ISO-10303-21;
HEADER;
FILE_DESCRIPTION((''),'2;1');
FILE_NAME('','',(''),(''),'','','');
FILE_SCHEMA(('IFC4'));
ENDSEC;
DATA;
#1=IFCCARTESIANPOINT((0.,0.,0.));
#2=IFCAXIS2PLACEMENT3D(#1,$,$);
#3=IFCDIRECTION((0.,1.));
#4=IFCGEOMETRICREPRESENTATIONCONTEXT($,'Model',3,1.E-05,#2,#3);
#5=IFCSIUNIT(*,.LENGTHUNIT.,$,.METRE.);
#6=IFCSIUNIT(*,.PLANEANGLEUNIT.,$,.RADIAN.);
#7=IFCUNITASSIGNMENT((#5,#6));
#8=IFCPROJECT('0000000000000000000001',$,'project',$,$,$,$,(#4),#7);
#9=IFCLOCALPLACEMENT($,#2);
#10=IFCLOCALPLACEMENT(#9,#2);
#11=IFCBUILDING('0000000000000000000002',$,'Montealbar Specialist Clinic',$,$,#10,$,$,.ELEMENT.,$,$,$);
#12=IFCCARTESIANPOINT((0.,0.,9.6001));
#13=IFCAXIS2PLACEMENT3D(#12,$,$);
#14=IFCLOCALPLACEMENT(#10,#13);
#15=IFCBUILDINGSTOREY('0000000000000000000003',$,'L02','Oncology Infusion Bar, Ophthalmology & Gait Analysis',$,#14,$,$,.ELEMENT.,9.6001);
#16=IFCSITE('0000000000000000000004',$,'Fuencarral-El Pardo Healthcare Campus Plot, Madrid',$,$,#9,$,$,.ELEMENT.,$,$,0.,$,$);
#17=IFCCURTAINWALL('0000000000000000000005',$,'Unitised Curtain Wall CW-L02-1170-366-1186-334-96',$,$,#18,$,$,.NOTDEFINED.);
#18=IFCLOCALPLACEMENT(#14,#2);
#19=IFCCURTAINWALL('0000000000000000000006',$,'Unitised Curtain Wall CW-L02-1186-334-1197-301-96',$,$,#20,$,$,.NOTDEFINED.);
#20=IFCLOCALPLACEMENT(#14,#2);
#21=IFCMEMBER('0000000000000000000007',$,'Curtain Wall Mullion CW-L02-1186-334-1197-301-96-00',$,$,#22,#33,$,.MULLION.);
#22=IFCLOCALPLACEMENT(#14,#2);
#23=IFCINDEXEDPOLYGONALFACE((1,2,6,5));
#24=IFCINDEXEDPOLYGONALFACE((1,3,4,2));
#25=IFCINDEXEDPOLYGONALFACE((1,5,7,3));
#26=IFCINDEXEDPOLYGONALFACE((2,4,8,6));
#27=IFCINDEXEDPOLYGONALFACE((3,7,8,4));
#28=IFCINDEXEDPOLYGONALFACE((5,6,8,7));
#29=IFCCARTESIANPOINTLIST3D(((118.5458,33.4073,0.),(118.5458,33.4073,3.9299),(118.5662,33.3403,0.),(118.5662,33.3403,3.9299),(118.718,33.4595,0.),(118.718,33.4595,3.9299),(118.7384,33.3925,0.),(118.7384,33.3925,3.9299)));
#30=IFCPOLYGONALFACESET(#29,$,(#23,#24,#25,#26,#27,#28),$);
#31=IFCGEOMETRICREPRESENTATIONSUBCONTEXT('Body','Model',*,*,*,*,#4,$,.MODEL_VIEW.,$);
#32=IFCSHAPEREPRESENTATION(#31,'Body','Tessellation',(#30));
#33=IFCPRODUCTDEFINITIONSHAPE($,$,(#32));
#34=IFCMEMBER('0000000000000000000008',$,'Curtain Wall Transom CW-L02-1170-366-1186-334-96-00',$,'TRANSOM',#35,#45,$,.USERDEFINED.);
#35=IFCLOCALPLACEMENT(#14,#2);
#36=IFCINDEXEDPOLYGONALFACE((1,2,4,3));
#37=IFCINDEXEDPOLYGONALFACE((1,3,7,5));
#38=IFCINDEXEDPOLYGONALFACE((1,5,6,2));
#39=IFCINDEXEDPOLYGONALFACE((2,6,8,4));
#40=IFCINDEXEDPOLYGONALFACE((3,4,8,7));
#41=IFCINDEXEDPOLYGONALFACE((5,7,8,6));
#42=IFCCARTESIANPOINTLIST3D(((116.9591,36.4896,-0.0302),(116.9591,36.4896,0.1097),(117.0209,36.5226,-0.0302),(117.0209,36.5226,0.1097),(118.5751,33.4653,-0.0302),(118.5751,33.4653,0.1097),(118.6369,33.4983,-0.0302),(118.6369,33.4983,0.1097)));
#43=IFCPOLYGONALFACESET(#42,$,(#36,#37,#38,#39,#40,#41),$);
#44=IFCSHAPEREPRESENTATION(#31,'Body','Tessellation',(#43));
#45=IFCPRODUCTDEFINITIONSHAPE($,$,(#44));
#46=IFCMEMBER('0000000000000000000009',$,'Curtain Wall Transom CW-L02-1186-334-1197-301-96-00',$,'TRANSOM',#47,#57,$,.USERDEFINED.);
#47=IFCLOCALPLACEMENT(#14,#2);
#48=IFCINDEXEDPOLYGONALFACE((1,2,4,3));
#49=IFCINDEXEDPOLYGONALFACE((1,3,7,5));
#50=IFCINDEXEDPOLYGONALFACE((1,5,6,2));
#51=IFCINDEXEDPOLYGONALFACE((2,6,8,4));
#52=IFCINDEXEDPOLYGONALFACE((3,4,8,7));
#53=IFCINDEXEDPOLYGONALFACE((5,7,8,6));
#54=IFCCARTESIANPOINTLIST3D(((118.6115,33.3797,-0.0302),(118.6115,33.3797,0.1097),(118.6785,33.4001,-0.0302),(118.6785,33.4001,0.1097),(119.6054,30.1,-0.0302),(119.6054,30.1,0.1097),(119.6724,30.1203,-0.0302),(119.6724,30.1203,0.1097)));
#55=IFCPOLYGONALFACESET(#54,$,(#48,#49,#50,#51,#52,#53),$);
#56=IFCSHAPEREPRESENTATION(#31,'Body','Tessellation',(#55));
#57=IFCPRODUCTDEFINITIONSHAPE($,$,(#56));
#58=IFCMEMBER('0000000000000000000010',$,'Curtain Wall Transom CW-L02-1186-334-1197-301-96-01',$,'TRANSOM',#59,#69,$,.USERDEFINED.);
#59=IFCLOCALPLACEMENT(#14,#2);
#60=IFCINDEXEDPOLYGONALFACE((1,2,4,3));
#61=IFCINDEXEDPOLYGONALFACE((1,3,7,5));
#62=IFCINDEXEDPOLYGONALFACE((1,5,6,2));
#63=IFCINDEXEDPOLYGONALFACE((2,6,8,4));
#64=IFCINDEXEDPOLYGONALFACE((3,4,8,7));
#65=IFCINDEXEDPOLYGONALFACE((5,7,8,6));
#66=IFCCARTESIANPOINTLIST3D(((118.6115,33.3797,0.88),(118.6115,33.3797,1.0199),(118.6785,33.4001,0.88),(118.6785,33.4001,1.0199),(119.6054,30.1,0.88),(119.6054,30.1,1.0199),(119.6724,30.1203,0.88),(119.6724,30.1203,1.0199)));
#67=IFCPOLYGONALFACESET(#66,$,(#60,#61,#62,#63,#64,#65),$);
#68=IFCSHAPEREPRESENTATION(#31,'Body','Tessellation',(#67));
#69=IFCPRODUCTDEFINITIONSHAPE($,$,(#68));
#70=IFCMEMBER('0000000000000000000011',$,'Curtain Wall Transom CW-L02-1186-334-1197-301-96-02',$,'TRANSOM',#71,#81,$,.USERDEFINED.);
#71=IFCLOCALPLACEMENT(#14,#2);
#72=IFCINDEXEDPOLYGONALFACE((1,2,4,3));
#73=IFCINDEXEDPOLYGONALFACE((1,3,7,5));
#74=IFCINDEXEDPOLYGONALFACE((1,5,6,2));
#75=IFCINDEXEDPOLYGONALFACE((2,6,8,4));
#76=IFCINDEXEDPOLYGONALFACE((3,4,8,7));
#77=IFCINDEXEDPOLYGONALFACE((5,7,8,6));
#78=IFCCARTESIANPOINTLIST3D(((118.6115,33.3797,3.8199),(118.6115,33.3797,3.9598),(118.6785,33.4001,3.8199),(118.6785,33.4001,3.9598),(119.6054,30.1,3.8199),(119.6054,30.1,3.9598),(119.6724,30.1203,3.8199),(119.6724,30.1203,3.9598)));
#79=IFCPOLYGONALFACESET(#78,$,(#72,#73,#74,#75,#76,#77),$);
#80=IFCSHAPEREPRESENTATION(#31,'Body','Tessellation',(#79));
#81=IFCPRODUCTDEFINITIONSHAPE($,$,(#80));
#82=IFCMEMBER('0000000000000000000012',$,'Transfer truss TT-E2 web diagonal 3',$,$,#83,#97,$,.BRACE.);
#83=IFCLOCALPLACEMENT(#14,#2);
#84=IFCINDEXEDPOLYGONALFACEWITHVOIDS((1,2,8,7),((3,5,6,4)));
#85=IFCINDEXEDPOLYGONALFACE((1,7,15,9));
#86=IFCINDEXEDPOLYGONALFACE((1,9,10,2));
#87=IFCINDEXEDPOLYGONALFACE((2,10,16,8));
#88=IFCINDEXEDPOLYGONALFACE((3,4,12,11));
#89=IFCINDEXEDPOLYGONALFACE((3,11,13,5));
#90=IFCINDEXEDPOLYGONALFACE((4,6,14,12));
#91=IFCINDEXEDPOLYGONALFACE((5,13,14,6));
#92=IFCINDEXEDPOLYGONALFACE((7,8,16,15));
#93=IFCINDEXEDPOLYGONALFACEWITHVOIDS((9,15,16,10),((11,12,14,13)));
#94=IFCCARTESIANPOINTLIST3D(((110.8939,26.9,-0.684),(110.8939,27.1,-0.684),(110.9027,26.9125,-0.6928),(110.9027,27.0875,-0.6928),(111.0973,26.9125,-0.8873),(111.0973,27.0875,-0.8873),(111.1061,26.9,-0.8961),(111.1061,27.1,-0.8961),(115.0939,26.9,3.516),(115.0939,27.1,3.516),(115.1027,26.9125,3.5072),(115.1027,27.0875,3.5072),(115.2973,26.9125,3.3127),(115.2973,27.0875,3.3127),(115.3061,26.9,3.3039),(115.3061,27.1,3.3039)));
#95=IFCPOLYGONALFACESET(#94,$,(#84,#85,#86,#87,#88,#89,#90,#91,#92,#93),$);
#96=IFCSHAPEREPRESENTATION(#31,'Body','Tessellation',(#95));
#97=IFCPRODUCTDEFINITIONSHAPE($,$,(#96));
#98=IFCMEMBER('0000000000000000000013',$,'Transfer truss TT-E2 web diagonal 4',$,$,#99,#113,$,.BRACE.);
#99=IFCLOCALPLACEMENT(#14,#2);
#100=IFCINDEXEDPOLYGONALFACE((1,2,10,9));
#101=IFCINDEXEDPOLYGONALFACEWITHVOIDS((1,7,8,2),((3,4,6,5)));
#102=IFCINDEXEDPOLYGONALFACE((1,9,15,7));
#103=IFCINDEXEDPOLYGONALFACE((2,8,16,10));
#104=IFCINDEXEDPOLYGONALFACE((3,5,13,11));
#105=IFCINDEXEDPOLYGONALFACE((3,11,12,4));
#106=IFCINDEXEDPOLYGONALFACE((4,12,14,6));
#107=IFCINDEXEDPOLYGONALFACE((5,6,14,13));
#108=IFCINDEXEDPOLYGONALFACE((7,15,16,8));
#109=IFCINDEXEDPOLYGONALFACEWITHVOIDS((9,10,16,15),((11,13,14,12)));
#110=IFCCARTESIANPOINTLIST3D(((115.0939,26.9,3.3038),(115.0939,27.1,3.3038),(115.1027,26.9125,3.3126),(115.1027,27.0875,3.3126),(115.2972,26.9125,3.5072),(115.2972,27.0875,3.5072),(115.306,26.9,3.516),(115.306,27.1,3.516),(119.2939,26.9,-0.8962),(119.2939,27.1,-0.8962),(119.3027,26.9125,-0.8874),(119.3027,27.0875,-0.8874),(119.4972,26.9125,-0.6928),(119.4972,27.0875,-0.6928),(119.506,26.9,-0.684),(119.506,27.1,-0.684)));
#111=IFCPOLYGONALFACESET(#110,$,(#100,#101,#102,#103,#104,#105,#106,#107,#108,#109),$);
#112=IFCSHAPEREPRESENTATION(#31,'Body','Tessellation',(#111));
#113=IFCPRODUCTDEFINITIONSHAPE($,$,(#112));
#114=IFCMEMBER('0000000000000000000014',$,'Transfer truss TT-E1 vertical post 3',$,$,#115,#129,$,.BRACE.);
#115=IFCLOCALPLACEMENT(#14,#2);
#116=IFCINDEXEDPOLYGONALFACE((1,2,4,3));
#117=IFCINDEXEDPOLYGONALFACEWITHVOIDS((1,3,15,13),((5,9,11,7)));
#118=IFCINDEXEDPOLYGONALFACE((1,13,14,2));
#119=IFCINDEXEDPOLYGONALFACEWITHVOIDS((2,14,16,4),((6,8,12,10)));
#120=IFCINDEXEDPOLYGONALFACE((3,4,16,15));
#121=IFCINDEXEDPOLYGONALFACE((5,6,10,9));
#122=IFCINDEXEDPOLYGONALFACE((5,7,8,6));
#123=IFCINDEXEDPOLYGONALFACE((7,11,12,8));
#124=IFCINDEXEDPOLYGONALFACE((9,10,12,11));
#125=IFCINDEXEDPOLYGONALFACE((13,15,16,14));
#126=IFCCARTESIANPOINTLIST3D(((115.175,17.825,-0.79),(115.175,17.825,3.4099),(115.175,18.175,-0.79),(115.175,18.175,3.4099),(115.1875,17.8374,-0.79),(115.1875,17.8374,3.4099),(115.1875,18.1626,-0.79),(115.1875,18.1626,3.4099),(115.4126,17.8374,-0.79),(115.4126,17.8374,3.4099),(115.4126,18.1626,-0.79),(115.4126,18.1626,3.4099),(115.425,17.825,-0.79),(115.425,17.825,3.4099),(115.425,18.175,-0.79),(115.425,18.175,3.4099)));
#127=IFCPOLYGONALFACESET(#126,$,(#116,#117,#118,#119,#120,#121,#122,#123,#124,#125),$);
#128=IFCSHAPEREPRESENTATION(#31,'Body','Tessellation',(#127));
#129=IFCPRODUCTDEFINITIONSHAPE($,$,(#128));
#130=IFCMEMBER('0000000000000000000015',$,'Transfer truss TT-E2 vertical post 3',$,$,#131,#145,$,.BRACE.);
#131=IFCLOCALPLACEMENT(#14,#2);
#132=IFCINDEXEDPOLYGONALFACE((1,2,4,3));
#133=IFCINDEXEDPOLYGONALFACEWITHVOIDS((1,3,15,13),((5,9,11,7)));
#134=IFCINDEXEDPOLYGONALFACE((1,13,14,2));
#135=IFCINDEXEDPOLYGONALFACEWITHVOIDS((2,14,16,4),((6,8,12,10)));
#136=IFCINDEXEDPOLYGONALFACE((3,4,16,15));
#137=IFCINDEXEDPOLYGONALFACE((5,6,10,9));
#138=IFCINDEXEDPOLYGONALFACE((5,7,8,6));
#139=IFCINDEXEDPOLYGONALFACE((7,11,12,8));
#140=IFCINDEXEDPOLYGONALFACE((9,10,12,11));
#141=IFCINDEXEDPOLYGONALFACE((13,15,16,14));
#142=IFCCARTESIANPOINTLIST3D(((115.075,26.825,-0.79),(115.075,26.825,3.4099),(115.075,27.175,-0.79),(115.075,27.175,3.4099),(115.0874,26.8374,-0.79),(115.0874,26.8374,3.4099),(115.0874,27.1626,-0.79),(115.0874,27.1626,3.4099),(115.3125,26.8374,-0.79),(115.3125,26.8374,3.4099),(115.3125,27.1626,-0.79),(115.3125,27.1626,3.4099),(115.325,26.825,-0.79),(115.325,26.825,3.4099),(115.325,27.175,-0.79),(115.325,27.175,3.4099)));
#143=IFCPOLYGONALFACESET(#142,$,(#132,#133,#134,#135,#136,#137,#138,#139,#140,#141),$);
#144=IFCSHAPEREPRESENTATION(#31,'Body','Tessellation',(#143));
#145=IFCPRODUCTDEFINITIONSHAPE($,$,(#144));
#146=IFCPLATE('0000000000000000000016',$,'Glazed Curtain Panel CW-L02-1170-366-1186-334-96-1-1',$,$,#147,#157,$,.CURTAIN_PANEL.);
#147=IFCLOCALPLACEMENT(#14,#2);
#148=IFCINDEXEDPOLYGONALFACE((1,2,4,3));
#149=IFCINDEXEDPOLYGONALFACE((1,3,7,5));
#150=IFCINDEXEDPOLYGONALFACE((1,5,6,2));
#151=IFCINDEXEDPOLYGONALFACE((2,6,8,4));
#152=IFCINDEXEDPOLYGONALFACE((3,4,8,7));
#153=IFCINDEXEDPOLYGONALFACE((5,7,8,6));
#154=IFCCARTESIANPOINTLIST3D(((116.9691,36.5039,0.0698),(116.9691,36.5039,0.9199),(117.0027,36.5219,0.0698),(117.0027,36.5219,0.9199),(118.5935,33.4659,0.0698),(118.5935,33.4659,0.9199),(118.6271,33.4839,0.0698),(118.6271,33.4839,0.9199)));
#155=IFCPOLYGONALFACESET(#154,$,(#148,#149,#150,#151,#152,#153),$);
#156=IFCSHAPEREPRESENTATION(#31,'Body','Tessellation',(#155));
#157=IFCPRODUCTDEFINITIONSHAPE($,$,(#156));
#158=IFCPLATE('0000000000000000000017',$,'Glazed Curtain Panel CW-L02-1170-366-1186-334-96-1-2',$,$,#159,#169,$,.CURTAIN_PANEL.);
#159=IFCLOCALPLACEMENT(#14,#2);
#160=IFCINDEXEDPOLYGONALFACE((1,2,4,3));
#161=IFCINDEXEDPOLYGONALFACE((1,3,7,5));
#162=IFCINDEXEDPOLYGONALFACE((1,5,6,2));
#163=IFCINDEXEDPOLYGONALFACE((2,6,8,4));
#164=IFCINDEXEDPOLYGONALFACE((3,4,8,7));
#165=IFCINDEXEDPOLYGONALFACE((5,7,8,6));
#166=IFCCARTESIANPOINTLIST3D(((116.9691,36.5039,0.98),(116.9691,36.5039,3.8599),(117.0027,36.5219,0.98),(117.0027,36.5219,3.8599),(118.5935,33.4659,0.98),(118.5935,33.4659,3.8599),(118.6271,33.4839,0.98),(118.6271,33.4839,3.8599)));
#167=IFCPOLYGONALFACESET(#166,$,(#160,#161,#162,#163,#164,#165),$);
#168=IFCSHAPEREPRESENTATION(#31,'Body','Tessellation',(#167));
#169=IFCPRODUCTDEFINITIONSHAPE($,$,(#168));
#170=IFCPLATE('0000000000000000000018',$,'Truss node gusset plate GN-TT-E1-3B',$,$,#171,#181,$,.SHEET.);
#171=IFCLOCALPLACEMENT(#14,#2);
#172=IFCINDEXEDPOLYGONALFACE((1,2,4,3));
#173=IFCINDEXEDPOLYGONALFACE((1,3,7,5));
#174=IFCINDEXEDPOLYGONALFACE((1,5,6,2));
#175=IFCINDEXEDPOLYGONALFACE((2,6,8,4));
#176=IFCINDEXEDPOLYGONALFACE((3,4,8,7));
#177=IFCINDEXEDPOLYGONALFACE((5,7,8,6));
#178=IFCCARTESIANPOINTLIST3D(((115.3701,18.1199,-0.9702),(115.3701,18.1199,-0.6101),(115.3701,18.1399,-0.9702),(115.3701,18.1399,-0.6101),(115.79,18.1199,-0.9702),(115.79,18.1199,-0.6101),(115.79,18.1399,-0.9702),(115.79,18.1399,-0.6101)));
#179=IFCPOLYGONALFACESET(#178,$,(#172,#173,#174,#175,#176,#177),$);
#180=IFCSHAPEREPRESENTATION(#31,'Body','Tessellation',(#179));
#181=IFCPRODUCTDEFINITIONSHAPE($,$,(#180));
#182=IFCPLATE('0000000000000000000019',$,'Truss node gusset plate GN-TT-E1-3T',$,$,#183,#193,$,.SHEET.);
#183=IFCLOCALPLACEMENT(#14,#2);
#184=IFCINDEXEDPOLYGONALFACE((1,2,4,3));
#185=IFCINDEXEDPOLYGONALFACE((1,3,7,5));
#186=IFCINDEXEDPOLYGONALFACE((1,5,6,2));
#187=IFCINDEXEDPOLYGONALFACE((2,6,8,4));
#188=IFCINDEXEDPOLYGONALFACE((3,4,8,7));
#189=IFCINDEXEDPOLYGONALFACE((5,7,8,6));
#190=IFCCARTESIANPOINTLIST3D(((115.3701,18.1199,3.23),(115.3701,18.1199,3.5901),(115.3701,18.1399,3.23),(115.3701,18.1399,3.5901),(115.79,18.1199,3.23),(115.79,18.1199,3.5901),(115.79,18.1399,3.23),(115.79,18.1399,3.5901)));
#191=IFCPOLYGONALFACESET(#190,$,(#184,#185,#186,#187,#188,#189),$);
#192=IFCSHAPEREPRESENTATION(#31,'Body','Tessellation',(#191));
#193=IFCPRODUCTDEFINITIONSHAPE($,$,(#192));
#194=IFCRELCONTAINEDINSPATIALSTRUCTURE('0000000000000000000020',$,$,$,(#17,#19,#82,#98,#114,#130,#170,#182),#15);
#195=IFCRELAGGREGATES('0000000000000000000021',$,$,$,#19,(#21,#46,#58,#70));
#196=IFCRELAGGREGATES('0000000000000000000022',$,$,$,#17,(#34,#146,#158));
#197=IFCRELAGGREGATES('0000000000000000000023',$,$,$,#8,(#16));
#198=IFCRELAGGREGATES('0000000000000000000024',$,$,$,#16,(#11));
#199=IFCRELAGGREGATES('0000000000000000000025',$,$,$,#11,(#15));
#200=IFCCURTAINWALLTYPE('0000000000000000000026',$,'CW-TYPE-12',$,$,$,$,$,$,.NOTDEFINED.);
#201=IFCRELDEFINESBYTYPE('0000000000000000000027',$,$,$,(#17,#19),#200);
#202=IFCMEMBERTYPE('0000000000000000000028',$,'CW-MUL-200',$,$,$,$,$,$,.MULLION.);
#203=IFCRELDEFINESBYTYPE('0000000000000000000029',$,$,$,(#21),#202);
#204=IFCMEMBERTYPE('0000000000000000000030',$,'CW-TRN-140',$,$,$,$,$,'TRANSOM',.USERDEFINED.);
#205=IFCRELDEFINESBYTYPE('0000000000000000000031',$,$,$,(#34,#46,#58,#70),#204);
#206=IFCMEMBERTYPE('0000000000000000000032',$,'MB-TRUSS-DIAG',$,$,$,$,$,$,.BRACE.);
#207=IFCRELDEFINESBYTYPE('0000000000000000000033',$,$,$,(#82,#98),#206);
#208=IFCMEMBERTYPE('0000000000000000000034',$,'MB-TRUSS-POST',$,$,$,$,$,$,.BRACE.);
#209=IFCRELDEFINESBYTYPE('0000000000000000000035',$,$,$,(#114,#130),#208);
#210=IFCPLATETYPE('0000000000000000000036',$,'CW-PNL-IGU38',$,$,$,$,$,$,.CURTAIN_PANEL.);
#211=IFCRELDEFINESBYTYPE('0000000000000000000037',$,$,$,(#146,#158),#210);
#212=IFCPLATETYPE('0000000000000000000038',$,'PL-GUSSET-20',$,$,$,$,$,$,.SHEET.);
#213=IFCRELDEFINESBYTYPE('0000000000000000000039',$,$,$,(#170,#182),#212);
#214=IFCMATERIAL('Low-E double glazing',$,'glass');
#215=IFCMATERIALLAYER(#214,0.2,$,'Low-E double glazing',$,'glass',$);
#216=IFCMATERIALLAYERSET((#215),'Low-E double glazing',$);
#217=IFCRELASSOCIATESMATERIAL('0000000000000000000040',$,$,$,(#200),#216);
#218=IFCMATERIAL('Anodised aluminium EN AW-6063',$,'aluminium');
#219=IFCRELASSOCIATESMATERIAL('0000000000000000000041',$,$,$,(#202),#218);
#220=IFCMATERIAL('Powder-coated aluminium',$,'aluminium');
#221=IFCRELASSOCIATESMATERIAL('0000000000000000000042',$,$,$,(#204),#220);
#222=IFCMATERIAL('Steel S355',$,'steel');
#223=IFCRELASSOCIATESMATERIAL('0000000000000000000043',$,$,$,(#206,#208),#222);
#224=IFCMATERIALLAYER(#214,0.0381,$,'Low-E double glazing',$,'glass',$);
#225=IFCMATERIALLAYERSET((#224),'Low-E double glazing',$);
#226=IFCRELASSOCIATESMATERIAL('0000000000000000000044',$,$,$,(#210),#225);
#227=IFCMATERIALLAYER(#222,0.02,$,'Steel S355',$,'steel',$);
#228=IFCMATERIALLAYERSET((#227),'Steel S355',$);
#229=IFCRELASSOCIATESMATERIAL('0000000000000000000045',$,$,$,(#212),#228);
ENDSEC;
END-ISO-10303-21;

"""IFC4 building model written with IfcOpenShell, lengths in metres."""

from ifc_helpers import new_model, si_unit, direction, frame, origin, origin_2d, place, context, subcontext, project, spatial, rectangle, hollow_rectangle, extrude, material, layer, layer_set, material_profile, profile_set, type_object, element, aggregate, save


model = new_model("IFC4")

# Units and contexts
model_context = context("Model", 3, precision=1e-05, world=origin(), true_north=direction((0.0, 1.0)))
body_context = subcontext(model_context, "Body", "Model", "MODEL_VIEW")
ifc_project = project(units=[si_unit("LENGTHUNIT", "METRE"), si_unit("PLANEANGLEUNIT", "RADIAN")], contexts=[model_context])

# Site, building, storey
site_placement = place(None, origin())
site = spatial("IfcSite", under=ifc_project, at=site_placement, Name="Fuencarral-El Pardo Healthcare Campus Plot, Madrid", CompositionType="ELEMENT", RefElevation=0.0)
building_placement = place(site_placement, origin())
building = spatial("IfcBuilding", under=site, at=building_placement, Name="Montealbar Specialist Clinic", CompositionType="ELEMENT")
storey_placement = place(building_placement, frame((0.0, 0.0, 9.6001)))
storey = spatial("IfcBuildingStorey", under=building, at=storey_placement, Name="L02", Description="Oncology Infusion Bar, Ophthalmology & Gait Analysis", CompositionType="ELEMENT", Elevation=9.6001)

# Shared definitions
ifc_material_1 = material(Name="Steel S355", Category="steel")

# Curtain walls, member
ifc_material_2 = material(Name="Low-E double glazing", Category="glass")
ifc_layer_1 = layer(ifc_material_2, 0.2, Name="Low-E double glazing", Category="glass")
ifc_layer_set_1 = layer_set([ifc_layer_1], Name="Low-E double glazing")
curtain_wall_type = type_object("IfcCurtainWallType", Name="CW-TYPE-12", PredefinedType="NOTDEFINED", material=ifc_layer_set_1)
curtain_wall_1_placement = place(storey_placement, origin())
curtain_wall_1 = element("IfcCurtainWall", 1, at=curtain_wall_1_placement, inside=storey, type_object=curtain_wall_type, Name="Unitised Curtain Wall CW-L02-1170-366-1186-334-96", PredefinedType="NOTDEFINED")
ifc_material_3 = material(Name="Anodised aluminium EN AW-6063", Category="aluminium")
ifc_material_profile_1 = material_profile(ifc_material_3, rectangle(XDim=0.0701, YDim=0.1799, at=origin_2d()), Name="ALU 70x180", Category="aluminium")
ifc_profile_set_1 = profile_set([ifc_material_profile_1], Name="Anodised aluminium EN AW-6063")
member_type_1 = type_object("IfcMemberType", Name="CW-MUL-200", PredefinedType="MULLION", material=ifc_profile_set_1)
curtain_wall_2_placement = place(storey_placement, origin())
curtain_wall_2 = element("IfcCurtainWall", 2, at=curtain_wall_2_placement, inside=storey, type_object=curtain_wall_type, Name="Unitised Curtain Wall CW-L02-1186-334-1197-301-96", PredefinedType="NOTDEFINED")
member_1_placement = place(storey_placement, frame((118.6421, 33.3999, 0.0), z_axis=(0.0, 0.0, 1.0), x_axis=(0.290259, -0.956948, 0.0)))
member_1 = element("IfcMember", 3, at=member_1_placement, type_object=member_type_1, Name="Curtain Wall Mullion CW-L02-1186-334-1197-301-96-00", PredefinedType="MULLION", context=body_context, shape_type="SweptSolid", body=[
    extrude(rectangle(XDim=0.0701, YDim=0.1799, at=origin_2d()), origin(), (0.0, 0.0, 1.0), 3.9299),
])

# Members
ifc_material_4 = material(Name="Powder-coated aluminium", Category="aluminium")
ifc_material_profile_2 = material_profile(ifc_material_4, rectangle(XDim=0.0701, YDim=0.1399, at=origin_2d()), Name="ALU 70x140", Category="aluminium")
ifc_profile_set_2 = profile_set([ifc_material_profile_2], Name="Powder-coated aluminium")
member_type_2 = type_object("IfcMemberType", Name="CW-TRN-140", ElementType="TRANSOM", PredefinedType="USERDEFINED", material=ifc_profile_set_2)
member_2_placement = place(storey_placement, frame((116.99, 36.5061, 0.0398), z_axis=(0.471287, -0.88198, 0.0), x_axis=(0.88198, 0.471287, 0.0)))
member_2 = element("IfcMember", 4, at=member_2_placement, type_object=member_type_2, Name="Curtain Wall Transom CW-L02-1170-366-1186-334-96-00", ObjectType="TRANSOM", PredefinedType="USERDEFINED", context=body_context, shape_type="SweptSolid", body=[
    extrude(rectangle(XDim=0.0701, YDim=0.1399, at=origin_2d()), origin(), (0.0, 0.0, 1.0), 3.429),
])
member_3_placement = place(storey_placement, frame((118.645, 33.3899, 0.0398), z_axis=(0.290013, -0.957023, 0.0), x_axis=(0.957023, 0.290013, 0.0)))
member_3 = element("IfcMember", 5, at=member_3_placement, type_object=member_type_2, Name="Curtain Wall Transom CW-L02-1186-334-1197-301-96-00", ObjectType="TRANSOM", PredefinedType="USERDEFINED", context=body_context, shape_type="SweptSolid", body=[
    extrude(rectangle(XDim=0.0701, YDim=0.1399, at=origin_2d()), origin(), (0.0, 0.0, 1.0), 3.427),
])
member_4_placement = place(storey_placement, frame((118.645, 33.3899, 0.95), z_axis=(0.290013, -0.957023, 0.0), x_axis=(0.957023, 0.290013, 0.0)))
member_4 = element("IfcMember", 6, at=member_4_placement, type_object=member_type_2, Name="Curtain Wall Transom CW-L02-1186-334-1197-301-96-01", ObjectType="TRANSOM", PredefinedType="USERDEFINED", context=body_context, shape_type="SweptSolid", body=[
    extrude(rectangle(XDim=0.0701, YDim=0.1399, at=origin_2d()), origin(), (0.0, 0.0, 1.0), 3.427),
])
member_5_placement = place(storey_placement, frame((118.645, 33.3899, 3.8899), z_axis=(0.290013, -0.957023, 0.0), x_axis=(0.957023, 0.290013, 0.0)))
member_5 = element("IfcMember", 7, at=member_5_placement, type_object=member_type_2, Name="Curtain Wall Transom CW-L02-1186-334-1197-301-96-02", ObjectType="TRANSOM", PredefinedType="USERDEFINED", context=body_context, shape_type="SweptSolid", body=[
    extrude(rectangle(XDim=0.0701, YDim=0.1399, at=origin_2d()), origin(), (0.0, 0.0, 1.0), 3.427),
])
aggregate(curtain_wall_2, [member_1, member_3, member_4, member_5])

# Members
ifc_material_profile_3 = material_profile(ifc_material_1, hollow_rectangle(XDim=0.2, YDim=0.3, WallThickness=0.0125, at=origin_2d()), Name="RHS 300x200x12.5", Category="steel")
ifc_profile_set_3 = profile_set([ifc_material_profile_3], Name="Steel S355")
member_type_3 = type_object("IfcMemberType", Name="MB-TRUSS-DIAG", PredefinedType="BRACE", material=ifc_profile_set_3)
for number, where, z_axis, x_axis, name in (
    (8, (111.0, 27.0, -0.79), (0.707107, 0.0, 0.707107), (0.0, 1.0, 0.0), "Transfer truss TT-E2 web diagonal 3"),
    (9, (115.2, 27.0, 3.4099), (0.707107, 0.0, -0.707107), (0.0, 1.0, 0.0), "Transfer truss TT-E2 web diagonal 4"),
):
    element("IfcMember", number, at=place(storey_placement, frame(where, z_axis=z_axis, x_axis=x_axis)), inside=storey, type_object=member_type_3, Name=name, PredefinedType="BRACE", context=body_context, shape_type="SweptSolid", body=[
        extrude(hollow_rectangle(XDim=0.2, YDim=0.3, WallThickness=0.0125, at=origin_2d()), origin(), (0.0, 0.0, 1.0), 5.9397),
    ])
ifc_material_profile_4 = material_profile(ifc_material_1, hollow_rectangle(XDim=0.25, YDim=0.3501, WallThickness=0.0125, at=origin_2d()), Name="RHS 350x250x12.5", Category="steel")
ifc_profile_set_4 = profile_set([ifc_material_profile_4], Name="Steel S355")
member_type_4 = type_object("IfcMemberType", Name="MB-TRUSS-POST", PredefinedType="BRACE", material=ifc_profile_set_4)
for number, where, z_axis, x_axis, name in (
    (10, (115.3, 18.0, -0.79), (0.0, 0.0, 1.0), (1.0, 0.0, 0.0), "Transfer truss TT-E1 vertical post 3"),
    (11, (115.2, 27.0, -0.79), (0.0, 0.0, 1.0), (1.0, 0.0, 0.0), "Transfer truss TT-E2 vertical post 3"),
):
    element("IfcMember", number, at=place(storey_placement, frame(where, z_axis=z_axis, x_axis=x_axis)), inside=storey, type_object=member_type_4, Name=name, PredefinedType="BRACE", context=body_context, shape_type="SweptSolid", body=[
        extrude(hollow_rectangle(XDim=0.25, YDim=0.3501, WallThickness=0.0125, at=origin_2d()), origin(), (0.0, 0.0, 1.0), 4.2),
    ])

# Plates
ifc_layer_2 = layer(ifc_material_2, 0.0381, Name="Low-E double glazing", Category="glass")
ifc_layer_set_2 = layer_set([ifc_layer_2], Name="Low-E double glazing")
plate_type_1 = type_object("IfcPlateType", Name="CW-PNL-IGU38", PredefinedType="CURTAIN_PANEL", material=ifc_layer_set_2)
plate_1_placement = place(storey_placement, frame((117.7981, 34.9939, 0.0698), z_axis=(0.0, 0.0, 1.0), x_axis=(0.471529, -0.88185, 0.0)))
plate_1 = element("IfcPlate", 12, at=plate_1_placement, type_object=plate_type_1, Name="Glazed Curtain Panel CW-L02-1170-366-1186-334-96-1-1", PredefinedType="CURTAIN_PANEL", context=body_context, shape_type="SweptSolid", body=[
    extrude(rectangle(XDim=3.4451, YDim=0.0381, at=origin_2d()), origin(), (0.0, 0.0, 1.0), 0.8501),
])
plate_2_placement = place(storey_placement, frame((117.7981, 34.9939, 0.98), z_axis=(0.0, 0.0, 1.0), x_axis=(0.471529, -0.88185, 0.0)))
plate_2 = element("IfcPlate", 13, at=plate_2_placement, type_object=plate_type_1, Name="Glazed Curtain Panel CW-L02-1170-366-1186-334-96-1-2", PredefinedType="CURTAIN_PANEL", context=body_context, shape_type="SweptSolid", body=[
    extrude(rectangle(XDim=3.4451, YDim=0.0381, at=origin_2d()), origin(), (0.0, 0.0, 1.0), 2.8799),
])
aggregate(curtain_wall_1, [member_2, plate_1, plate_2])

# Plates
ifc_layer_3 = layer(ifc_material_1, 0.02, Name="Steel S355", Category="steel")
ifc_layer_set_3 = layer_set([ifc_layer_3], Name="Steel S355")
plate_type_2 = type_object("IfcPlateType", Name="PL-GUSSET-20", PredefinedType="SHEET", material=ifc_layer_set_3)
for number, where, z_axis, x_axis, name in (
    (14, (115.5801, 18.1299, -0.9702), (0.0, 0.0, 1.0), (1.0, 0.0, 0.0), "Truss node gusset plate GN-TT-E1-3B"),
    (15, (115.5801, 18.1299, 3.23), (0.0, 0.0, 1.0), (1.0, 0.0, 0.0), "Truss node gusset plate GN-TT-E1-3T"),
):
    element("IfcPlate", number, at=place(storey_placement, frame(where, z_axis=z_axis, x_axis=x_axis)), inside=storey, type_object=plate_type_2, Name=name, PredefinedType="SHEET", context=body_context, shape_type="SweptSolid", body=[
        extrude(rectangle(XDim=0.4199, YDim=0.02, at=origin_2d()), origin(), (0.0, 0.0, 1.0), 0.3601),
    ])

save(model, "model.ifc")
